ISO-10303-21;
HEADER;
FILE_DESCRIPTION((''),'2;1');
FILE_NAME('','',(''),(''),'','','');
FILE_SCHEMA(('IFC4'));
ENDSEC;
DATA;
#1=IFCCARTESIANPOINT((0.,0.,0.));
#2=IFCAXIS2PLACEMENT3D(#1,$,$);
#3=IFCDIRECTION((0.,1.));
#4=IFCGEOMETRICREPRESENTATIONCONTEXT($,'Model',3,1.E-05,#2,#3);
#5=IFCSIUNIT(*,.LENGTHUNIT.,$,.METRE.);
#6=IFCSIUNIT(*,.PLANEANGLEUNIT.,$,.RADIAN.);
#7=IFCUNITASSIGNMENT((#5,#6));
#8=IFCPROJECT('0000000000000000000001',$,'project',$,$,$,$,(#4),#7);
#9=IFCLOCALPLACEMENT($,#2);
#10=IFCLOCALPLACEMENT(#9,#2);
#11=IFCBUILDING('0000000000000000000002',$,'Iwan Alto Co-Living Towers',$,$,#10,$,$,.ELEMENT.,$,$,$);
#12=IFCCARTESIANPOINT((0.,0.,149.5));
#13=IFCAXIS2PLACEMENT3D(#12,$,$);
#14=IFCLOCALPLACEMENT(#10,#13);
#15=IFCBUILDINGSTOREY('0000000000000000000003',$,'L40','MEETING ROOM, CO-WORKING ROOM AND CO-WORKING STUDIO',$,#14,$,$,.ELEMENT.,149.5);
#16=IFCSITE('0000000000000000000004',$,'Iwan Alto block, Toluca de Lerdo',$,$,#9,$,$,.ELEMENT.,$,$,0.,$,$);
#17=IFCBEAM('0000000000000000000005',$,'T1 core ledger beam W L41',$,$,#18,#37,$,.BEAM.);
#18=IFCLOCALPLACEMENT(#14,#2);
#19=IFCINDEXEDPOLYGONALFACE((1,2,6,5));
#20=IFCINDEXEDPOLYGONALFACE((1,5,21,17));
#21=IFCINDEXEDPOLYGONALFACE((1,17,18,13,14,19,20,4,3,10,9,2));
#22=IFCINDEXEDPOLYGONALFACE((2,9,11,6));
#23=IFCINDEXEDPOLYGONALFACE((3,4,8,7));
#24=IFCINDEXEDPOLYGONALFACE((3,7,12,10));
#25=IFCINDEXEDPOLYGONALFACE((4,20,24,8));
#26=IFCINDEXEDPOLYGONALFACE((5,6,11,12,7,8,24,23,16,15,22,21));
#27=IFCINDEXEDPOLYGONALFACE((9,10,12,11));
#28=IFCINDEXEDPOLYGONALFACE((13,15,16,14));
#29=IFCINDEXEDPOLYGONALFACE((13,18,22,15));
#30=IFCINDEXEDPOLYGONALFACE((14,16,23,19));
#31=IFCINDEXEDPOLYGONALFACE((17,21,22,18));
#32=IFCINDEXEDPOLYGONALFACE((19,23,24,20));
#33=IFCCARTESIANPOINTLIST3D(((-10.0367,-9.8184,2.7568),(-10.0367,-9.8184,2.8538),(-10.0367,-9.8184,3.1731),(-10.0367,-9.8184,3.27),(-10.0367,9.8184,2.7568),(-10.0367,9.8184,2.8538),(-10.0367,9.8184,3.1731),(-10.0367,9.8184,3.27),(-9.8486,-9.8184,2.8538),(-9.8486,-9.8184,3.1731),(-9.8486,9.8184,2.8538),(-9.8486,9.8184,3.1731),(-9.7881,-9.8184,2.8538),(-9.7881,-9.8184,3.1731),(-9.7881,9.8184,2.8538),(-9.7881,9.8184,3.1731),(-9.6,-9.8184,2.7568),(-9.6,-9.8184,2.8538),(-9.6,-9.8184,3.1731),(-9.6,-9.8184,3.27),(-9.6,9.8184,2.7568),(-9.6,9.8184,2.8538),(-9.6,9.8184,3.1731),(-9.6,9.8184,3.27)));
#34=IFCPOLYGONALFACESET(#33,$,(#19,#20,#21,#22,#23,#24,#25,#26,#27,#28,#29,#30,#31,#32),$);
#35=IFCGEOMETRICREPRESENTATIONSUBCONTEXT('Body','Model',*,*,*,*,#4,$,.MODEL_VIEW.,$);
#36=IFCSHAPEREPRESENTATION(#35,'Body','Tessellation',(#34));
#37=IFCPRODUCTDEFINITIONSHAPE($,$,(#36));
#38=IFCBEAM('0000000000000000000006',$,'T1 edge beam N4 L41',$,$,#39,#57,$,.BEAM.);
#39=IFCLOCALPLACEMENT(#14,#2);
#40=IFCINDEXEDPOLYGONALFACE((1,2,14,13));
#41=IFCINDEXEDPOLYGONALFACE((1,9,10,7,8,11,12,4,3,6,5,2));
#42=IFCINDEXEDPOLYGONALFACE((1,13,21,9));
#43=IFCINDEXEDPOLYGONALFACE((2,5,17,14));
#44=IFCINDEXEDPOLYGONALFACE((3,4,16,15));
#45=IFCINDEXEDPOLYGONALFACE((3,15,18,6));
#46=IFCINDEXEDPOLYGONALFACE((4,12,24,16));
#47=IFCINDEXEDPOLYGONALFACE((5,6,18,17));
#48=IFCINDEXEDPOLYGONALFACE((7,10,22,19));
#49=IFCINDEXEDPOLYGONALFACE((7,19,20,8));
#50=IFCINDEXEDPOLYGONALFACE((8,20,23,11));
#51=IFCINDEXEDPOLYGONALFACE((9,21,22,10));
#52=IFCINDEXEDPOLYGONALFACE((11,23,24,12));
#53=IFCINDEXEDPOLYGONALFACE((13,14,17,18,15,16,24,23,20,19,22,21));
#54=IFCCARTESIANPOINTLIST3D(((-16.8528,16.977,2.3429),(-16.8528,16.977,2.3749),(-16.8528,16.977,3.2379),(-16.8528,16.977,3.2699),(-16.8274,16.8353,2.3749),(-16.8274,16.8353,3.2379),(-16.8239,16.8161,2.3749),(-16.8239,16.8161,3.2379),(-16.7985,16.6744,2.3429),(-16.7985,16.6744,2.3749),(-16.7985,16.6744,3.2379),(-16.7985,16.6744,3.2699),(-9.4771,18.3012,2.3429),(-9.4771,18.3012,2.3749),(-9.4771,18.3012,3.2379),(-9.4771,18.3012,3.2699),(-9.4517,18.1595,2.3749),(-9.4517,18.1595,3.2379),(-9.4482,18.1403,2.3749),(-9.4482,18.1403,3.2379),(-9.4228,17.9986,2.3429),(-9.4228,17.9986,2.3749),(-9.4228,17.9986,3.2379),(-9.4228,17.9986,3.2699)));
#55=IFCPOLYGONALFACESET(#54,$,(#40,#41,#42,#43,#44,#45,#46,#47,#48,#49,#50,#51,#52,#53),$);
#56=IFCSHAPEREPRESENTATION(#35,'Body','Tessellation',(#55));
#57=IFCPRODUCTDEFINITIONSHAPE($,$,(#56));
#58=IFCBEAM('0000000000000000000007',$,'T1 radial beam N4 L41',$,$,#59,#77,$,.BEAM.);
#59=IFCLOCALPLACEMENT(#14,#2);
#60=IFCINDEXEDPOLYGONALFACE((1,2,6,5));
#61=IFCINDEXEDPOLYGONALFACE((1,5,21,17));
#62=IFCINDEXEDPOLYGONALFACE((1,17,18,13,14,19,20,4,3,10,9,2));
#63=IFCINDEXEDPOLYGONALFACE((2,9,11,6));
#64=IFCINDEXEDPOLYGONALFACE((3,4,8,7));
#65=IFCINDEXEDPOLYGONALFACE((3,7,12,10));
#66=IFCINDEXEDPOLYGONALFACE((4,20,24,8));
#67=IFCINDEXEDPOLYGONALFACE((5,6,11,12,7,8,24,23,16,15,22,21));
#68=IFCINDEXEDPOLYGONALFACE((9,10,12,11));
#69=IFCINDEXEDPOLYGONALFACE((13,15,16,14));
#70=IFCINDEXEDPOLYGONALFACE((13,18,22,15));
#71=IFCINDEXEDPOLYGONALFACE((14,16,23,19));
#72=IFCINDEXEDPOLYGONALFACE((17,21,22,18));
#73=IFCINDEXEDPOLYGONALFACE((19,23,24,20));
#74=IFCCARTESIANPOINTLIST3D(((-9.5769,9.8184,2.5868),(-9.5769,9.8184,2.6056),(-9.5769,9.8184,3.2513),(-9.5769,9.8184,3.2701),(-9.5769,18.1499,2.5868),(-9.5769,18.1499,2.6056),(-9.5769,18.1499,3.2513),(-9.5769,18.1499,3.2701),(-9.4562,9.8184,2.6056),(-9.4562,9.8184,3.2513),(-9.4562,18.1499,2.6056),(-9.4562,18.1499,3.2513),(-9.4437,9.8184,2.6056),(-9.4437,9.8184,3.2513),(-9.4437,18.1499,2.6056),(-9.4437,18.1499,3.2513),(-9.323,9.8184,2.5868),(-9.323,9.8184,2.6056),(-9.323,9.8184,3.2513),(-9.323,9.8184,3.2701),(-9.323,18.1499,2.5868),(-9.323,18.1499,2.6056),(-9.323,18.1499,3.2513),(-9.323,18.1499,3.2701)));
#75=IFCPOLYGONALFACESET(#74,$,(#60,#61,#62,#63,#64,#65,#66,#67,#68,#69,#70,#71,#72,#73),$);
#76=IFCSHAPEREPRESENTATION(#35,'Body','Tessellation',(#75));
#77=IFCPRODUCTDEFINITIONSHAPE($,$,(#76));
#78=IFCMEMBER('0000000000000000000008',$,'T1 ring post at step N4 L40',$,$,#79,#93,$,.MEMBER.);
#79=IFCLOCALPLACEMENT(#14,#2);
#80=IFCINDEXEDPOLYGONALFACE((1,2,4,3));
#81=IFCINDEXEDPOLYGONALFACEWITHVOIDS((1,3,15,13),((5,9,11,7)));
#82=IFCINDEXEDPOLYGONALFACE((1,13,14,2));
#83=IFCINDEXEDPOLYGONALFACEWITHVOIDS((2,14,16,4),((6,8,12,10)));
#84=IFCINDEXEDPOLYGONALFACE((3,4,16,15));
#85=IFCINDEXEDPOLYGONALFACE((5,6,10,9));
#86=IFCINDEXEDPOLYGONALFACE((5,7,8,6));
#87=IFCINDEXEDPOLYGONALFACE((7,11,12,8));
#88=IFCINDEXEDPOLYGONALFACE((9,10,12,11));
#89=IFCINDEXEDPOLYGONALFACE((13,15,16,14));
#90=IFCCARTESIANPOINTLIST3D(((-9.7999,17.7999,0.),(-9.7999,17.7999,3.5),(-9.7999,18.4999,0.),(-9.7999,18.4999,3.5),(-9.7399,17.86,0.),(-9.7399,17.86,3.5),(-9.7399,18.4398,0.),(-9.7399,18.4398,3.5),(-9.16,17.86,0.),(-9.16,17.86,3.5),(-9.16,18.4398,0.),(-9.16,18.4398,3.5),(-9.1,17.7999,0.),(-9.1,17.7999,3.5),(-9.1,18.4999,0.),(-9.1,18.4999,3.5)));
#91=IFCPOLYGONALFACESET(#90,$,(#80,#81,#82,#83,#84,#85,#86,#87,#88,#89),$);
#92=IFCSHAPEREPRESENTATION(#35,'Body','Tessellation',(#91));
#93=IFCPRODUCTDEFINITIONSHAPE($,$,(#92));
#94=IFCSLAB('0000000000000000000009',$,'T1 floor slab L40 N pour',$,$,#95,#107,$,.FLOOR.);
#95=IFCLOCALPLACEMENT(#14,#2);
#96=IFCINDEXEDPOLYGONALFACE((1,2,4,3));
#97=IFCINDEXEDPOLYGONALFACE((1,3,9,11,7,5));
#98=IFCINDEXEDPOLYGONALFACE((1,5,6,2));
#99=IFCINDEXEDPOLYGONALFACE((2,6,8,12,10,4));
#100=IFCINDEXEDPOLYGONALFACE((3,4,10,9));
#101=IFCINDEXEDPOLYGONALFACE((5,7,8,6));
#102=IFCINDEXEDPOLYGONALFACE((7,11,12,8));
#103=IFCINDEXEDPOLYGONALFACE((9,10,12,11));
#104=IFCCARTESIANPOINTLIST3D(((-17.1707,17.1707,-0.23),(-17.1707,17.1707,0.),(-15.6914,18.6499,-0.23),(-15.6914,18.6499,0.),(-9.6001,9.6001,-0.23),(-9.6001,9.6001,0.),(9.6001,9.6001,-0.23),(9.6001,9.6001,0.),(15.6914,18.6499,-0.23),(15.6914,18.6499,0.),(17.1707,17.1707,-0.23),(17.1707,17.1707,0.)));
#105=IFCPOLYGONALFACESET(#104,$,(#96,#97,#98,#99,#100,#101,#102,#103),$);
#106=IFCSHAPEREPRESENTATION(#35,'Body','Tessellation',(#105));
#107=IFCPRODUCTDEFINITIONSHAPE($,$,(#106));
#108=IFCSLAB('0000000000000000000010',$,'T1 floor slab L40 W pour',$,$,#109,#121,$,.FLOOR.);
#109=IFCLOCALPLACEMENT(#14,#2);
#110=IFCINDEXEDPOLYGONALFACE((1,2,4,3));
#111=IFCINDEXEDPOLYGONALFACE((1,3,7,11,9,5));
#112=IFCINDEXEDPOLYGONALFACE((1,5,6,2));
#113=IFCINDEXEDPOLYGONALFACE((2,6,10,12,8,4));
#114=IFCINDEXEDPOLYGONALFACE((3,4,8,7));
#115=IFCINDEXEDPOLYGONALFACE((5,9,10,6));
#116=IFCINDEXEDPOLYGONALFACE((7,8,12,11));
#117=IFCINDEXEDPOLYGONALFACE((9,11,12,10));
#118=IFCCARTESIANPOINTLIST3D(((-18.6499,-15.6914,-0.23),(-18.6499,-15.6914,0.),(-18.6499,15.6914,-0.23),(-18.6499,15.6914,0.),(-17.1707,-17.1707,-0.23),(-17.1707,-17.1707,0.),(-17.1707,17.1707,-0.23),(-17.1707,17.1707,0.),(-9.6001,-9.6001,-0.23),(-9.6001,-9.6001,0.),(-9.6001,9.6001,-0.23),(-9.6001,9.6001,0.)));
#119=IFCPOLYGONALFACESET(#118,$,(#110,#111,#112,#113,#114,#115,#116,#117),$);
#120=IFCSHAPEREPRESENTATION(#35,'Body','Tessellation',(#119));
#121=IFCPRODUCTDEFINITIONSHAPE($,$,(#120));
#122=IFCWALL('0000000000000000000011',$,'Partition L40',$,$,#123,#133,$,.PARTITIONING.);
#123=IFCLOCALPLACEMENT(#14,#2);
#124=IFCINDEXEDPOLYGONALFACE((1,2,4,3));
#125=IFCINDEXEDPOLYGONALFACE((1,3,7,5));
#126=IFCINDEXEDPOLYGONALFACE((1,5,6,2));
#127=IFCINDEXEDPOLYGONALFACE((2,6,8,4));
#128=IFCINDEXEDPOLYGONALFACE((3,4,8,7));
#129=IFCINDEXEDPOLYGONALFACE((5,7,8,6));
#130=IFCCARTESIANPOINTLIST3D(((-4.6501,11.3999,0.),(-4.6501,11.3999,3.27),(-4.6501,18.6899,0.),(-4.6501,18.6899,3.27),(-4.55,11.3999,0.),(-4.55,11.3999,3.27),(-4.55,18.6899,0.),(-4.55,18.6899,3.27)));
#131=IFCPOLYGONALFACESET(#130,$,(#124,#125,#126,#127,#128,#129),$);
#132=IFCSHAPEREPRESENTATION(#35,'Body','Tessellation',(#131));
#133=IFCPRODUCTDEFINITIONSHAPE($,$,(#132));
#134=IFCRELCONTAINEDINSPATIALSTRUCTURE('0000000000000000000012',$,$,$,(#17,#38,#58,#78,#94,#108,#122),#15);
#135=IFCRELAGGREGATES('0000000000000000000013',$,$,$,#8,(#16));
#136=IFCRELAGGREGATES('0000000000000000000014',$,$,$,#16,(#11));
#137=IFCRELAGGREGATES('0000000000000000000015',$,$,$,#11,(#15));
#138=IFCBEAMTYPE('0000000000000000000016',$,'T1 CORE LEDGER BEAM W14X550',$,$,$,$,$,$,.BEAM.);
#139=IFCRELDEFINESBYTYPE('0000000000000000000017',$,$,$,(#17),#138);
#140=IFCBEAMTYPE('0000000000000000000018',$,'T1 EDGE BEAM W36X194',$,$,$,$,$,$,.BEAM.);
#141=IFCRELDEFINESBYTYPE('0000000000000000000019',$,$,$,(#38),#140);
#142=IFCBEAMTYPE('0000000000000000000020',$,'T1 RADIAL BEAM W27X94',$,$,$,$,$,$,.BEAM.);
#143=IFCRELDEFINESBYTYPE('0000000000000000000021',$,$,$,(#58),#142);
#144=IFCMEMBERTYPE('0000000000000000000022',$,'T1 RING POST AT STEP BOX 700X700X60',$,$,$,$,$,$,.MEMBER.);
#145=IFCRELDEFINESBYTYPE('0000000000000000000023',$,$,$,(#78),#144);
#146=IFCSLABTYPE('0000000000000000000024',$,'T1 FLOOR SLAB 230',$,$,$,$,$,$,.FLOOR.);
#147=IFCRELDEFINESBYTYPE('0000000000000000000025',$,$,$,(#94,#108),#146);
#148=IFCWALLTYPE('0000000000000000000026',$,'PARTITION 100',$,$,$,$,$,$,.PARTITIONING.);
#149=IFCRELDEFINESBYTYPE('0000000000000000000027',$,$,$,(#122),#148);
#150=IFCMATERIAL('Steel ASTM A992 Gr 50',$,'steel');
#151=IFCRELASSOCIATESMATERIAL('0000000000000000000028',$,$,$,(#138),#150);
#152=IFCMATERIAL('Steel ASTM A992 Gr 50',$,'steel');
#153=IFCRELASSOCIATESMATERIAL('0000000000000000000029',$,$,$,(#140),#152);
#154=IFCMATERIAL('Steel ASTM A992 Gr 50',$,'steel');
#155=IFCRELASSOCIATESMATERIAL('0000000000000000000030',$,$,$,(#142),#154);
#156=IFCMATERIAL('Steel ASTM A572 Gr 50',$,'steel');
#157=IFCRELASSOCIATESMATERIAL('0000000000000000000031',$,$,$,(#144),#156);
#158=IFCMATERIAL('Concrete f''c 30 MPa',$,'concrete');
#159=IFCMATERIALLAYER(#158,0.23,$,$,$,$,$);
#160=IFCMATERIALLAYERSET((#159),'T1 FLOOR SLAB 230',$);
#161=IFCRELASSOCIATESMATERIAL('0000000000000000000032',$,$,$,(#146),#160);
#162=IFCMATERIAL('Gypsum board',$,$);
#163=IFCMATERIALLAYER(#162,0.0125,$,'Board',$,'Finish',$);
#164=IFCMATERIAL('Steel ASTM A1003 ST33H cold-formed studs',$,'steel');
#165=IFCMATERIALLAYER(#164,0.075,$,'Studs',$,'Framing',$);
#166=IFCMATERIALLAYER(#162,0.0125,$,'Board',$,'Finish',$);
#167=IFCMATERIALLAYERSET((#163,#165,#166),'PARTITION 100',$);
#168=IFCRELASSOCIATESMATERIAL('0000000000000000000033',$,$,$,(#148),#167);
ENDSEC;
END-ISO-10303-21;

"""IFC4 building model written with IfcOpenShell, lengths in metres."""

from ifc_helpers import new_model, si_unit, direction, frame, frame_2d, origin, origin_2d, place, context, subcontext, project, spatial, polyline, rectangle, hollow_rectangle, i_section, outline, extrude, material, layer, layer_set, material_profile, profile_set, type_object, element, save


model = new_model("IFC4")

# Units and contexts
model_context = context("Model", 3, precision=1e-05, world=origin(), true_north=direction((0.0, 1.0)))
body_context = subcontext(model_context, "Body", "Model", "MODEL_VIEW")
ifc_project = project(units=[si_unit("LENGTHUNIT", "METRE"), si_unit("PLANEANGLEUNIT", "RADIAN")], contexts=[model_context])

# Site, building, storey
site_placement = place(None, origin())
site = spatial("IfcSite", under=ifc_project, at=site_placement, Name="Iwan Alto block, Toluca de Lerdo", CompositionType="ELEMENT", RefElevation=0.0)
building_placement = place(site_placement, origin())
building = spatial("IfcBuilding", under=site, at=building_placement, Name="Iwan Alto Co-Living Towers", CompositionType="ELEMENT")
storey_placement = place(building_placement, frame((0.0, 0.0, 149.5)))
storey = spatial("IfcBuildingStorey", under=building, at=storey_placement, Name="L40", Description="MEETING ROOM, CO-WORKING ROOM AND CO-WORKING STUDIO", CompositionType="ELEMENT", Elevation=149.5)

# Beams
ifc_material_1 = material(Name="Steel ASTM A992 Gr 50", Category="steel")
ifc_material_profile_1 = material_profile(ifc_material_1, i_section(OverallWidth=0.4368, OverallDepth=0.5132, WebThickness=0.0605, FlangeThickness=0.0969, at=origin_2d()), Name="W14X550")
ifc_profile_set_1 = profile_set([ifc_material_profile_1], Name="Steel ASTM A992 Gr 50")
beam_type_1 = type_object("IfcBeamType", Name="T1 CORE LEDGER BEAM W14X550", PredefinedType="BEAM", material=ifc_profile_set_1)
beam_1_placement = place(storey_placement, frame((-9.8184, 9.8184, 3.0134), z_axis=(0.0, -1.0, 0.0), x_axis=(1.0, 0.0, 0.0)))
element("IfcBeam", 1, at=beam_1_placement, inside=storey, type_object=beam_type_1, Name="T1 core ledger beam W L41", PredefinedType="BEAM", context=body_context, shape_type="SweptSolid", body=[
    extrude(i_section(OverallWidth=0.4368, OverallDepth=0.5132, WebThickness=0.0605, FlangeThickness=0.0969, at=origin_2d()), origin(), (0.0, 0.0, 1.0), 19.6367),
])
ifc_material_2 = material(Name="Steel ASTM A992 Gr 50", Category="steel")
ifc_material_profile_2 = material_profile(ifc_material_2, i_section(OverallWidth=0.3074, OverallDepth=0.927, WebThickness=0.0195, FlangeThickness=0.032, at=origin_2d()), Name="W36X194")
ifc_profile_set_2 = profile_set([ifc_material_profile_2], Name="Steel ASTM A992 Gr 50")
beam_type_2 = type_object("IfcBeamType", Name="T1 EDGE BEAM W36X194", PredefinedType="BEAM", material=ifc_profile_set_2)
beam_2_placement = place(storey_placement, frame((-9.45, 18.1499, 2.8064), z_axis=(-0.984263, -0.176712, 0.0), x_axis=(0.176712, -0.984263, 0.0)))
element("IfcBeam", 2, at=beam_2_placement, inside=storey, type_object=beam_type_2, Name="T1 edge beam N4 L41", PredefinedType="BEAM", context=body_context, shape_type="SweptSolid", body=[
    extrude(i_section(OverallWidth=0.3074, OverallDepth=0.927, WebThickness=0.0195, FlangeThickness=0.032, at=origin_2d()), origin(), (0.0, 0.0, 1.0), 7.4937),
])
ifc_material_3 = material(Name="Steel ASTM A992 Gr 50", Category="steel")
ifc_material_profile_3 = material_profile(ifc_material_3, i_section(OverallWidth=0.2539, OverallDepth=0.6833, WebThickness=0.0125, FlangeThickness=0.0188, at=origin_2d()), Name="W27X94")
ifc_profile_set_3 = profile_set([ifc_material_profile_3], Name="Steel ASTM A992 Gr 50")
beam_type_3 = type_object("IfcBeamType", Name="T1 RADIAL BEAM W27X94", PredefinedType="BEAM", material=ifc_profile_set_3)
beam_3_placement = place(storey_placement, frame((-9.45, 18.1499, 2.9285), z_axis=(0.0, -1.0, 0.0), x_axis=(1.0, 0.0, 0.0)))
element("IfcBeam", 3, at=beam_3_placement, inside=storey, type_object=beam_type_3, Name="T1 radial beam N4 L41", PredefinedType="BEAM", context=body_context, shape_type="SweptSolid", body=[
    extrude(i_section(OverallWidth=0.2539, OverallDepth=0.6833, WebThickness=0.0125, FlangeThickness=0.0188, at=origin_2d()), origin(), (0.0, 0.0, 1.0), 8.3315),
])

# Member
ifc_material_4 = material(Name="Steel ASTM A572 Gr 50", Category="steel")
ifc_material_profile_4 = material_profile(ifc_material_4, hollow_rectangle(XDim=0.7, YDim=0.7, WallThickness=0.0601, at=origin_2d()), Name="BOX 700X700X60")
ifc_profile_set_4 = profile_set([ifc_material_profile_4], Name="Steel ASTM A572 Gr 50")
member_type = type_object("IfcMemberType", Name="T1 RING POST AT STEP BOX 700X700X60", PredefinedType="MEMBER", material=ifc_profile_set_4)
member_placement = place(storey_placement, frame((-9.45, 18.1499, 0.0), z_axis=(0.0, 0.0, 1.0), x_axis=(1.0, 0.0, 0.0)))
element("IfcMember", 4, at=member_placement, inside=storey, type_object=member_type, Name="T1 ring post at step N4 L40", PredefinedType="MEMBER", context=body_context, shape_type="SweptSolid", body=[
    extrude(hollow_rectangle(XDim=0.7, YDim=0.7, WallThickness=0.0601, at=origin_2d()), origin(), (0.0, 0.0, 1.0), 3.5),
])

# Slabs
ifc_material_5 = material(Name="Concrete f'c 30 MPa", Category="concrete")
ifc_layer_1 = layer(ifc_material_5, 0.23)
ifc_layer_set_1 = layer_set([ifc_layer_1], Name="T1 FLOOR SLAB 230")
slab_type = type_object("IfcSlabType", Name="T1 FLOOR SLAB 230", PredefinedType="FLOOR", material=ifc_layer_set_1)
slab_1_placement = place(storey_placement, frame((0.0, 0.0, -0.23)))
element("IfcSlab", 5, at=slab_1_placement, inside=storey, type_object=slab_type, Name="T1 floor slab L40 N pour", PredefinedType="FLOOR", context=body_context, shape_type="SweptSolid", body=[
    extrude(outline(polyline([(-15.6914, 18.6499), (15.6914, 18.6499), (17.1707, 17.1707), (9.6001, 9.6001), (-9.6001, 9.6001), (-17.1707, 17.1707), (-15.6914, 18.6499)])), origin(), (0.0, 0.0, 1.0), 0.23),
])
slab_2_placement = place(storey_placement, frame((0.0, 0.0, -0.23)))
element("IfcSlab", 6, at=slab_2_placement, inside=storey, type_object=slab_type, Name="T1 floor slab L40 W pour", PredefinedType="FLOOR", context=body_context, shape_type="SweptSolid", body=[
    extrude(outline(polyline([(-18.6499, 15.6914), (-17.1707, 17.1707), (-9.6001, 9.6001), (-9.6001, -9.6001), (-17.1707, -17.1707), (-18.6499, -15.6914), (-18.6499, 15.6914)])), origin(), (0.0, 0.0, 1.0), 0.23),
])

# Wall
ifc_material_6 = material(Name="Gypsum board")
ifc_layer_2 = layer(ifc_material_6, 0.0125, Name="Board", Category="Finish")
ifc_material_7 = material(Name="Steel ASTM A1003 ST33H cold-formed studs", Category="steel")
ifc_layer_3 = layer(ifc_material_7, 0.075, Name="Studs", Category="Framing")
ifc_layer_4 = layer(ifc_material_6, 0.0125, Name="Board", Category="Finish")
ifc_layer_set_2 = layer_set([ifc_layer_2, ifc_layer_3, ifc_layer_4], Name="PARTITION 100")
wall_type_1 = type_object("IfcWallType", Name="PARTITION 100", PredefinedType="PARTITIONING", material=ifc_layer_set_2)
wall_1_placement = place(storey_placement, frame((-4.6001, 11.3999, 0.0), z_axis=(0.0, 0.0, 1.0), x_axis=(0.0, 1.0, 0.0)))
element("IfcWall", 7, at=wall_1_placement, inside=storey, type_object=wall_type_1, Name="Partition L40", PredefinedType="PARTITIONING", context=body_context, shape_type="SweptSolid", body=[
    extrude(rectangle(XDim=7.29, YDim=0.1001, at=frame_2d((3.645, 0.0))), origin(), (0.0, 0.0, 1.0), 3.27),
])

save(model, "model.ifc")
